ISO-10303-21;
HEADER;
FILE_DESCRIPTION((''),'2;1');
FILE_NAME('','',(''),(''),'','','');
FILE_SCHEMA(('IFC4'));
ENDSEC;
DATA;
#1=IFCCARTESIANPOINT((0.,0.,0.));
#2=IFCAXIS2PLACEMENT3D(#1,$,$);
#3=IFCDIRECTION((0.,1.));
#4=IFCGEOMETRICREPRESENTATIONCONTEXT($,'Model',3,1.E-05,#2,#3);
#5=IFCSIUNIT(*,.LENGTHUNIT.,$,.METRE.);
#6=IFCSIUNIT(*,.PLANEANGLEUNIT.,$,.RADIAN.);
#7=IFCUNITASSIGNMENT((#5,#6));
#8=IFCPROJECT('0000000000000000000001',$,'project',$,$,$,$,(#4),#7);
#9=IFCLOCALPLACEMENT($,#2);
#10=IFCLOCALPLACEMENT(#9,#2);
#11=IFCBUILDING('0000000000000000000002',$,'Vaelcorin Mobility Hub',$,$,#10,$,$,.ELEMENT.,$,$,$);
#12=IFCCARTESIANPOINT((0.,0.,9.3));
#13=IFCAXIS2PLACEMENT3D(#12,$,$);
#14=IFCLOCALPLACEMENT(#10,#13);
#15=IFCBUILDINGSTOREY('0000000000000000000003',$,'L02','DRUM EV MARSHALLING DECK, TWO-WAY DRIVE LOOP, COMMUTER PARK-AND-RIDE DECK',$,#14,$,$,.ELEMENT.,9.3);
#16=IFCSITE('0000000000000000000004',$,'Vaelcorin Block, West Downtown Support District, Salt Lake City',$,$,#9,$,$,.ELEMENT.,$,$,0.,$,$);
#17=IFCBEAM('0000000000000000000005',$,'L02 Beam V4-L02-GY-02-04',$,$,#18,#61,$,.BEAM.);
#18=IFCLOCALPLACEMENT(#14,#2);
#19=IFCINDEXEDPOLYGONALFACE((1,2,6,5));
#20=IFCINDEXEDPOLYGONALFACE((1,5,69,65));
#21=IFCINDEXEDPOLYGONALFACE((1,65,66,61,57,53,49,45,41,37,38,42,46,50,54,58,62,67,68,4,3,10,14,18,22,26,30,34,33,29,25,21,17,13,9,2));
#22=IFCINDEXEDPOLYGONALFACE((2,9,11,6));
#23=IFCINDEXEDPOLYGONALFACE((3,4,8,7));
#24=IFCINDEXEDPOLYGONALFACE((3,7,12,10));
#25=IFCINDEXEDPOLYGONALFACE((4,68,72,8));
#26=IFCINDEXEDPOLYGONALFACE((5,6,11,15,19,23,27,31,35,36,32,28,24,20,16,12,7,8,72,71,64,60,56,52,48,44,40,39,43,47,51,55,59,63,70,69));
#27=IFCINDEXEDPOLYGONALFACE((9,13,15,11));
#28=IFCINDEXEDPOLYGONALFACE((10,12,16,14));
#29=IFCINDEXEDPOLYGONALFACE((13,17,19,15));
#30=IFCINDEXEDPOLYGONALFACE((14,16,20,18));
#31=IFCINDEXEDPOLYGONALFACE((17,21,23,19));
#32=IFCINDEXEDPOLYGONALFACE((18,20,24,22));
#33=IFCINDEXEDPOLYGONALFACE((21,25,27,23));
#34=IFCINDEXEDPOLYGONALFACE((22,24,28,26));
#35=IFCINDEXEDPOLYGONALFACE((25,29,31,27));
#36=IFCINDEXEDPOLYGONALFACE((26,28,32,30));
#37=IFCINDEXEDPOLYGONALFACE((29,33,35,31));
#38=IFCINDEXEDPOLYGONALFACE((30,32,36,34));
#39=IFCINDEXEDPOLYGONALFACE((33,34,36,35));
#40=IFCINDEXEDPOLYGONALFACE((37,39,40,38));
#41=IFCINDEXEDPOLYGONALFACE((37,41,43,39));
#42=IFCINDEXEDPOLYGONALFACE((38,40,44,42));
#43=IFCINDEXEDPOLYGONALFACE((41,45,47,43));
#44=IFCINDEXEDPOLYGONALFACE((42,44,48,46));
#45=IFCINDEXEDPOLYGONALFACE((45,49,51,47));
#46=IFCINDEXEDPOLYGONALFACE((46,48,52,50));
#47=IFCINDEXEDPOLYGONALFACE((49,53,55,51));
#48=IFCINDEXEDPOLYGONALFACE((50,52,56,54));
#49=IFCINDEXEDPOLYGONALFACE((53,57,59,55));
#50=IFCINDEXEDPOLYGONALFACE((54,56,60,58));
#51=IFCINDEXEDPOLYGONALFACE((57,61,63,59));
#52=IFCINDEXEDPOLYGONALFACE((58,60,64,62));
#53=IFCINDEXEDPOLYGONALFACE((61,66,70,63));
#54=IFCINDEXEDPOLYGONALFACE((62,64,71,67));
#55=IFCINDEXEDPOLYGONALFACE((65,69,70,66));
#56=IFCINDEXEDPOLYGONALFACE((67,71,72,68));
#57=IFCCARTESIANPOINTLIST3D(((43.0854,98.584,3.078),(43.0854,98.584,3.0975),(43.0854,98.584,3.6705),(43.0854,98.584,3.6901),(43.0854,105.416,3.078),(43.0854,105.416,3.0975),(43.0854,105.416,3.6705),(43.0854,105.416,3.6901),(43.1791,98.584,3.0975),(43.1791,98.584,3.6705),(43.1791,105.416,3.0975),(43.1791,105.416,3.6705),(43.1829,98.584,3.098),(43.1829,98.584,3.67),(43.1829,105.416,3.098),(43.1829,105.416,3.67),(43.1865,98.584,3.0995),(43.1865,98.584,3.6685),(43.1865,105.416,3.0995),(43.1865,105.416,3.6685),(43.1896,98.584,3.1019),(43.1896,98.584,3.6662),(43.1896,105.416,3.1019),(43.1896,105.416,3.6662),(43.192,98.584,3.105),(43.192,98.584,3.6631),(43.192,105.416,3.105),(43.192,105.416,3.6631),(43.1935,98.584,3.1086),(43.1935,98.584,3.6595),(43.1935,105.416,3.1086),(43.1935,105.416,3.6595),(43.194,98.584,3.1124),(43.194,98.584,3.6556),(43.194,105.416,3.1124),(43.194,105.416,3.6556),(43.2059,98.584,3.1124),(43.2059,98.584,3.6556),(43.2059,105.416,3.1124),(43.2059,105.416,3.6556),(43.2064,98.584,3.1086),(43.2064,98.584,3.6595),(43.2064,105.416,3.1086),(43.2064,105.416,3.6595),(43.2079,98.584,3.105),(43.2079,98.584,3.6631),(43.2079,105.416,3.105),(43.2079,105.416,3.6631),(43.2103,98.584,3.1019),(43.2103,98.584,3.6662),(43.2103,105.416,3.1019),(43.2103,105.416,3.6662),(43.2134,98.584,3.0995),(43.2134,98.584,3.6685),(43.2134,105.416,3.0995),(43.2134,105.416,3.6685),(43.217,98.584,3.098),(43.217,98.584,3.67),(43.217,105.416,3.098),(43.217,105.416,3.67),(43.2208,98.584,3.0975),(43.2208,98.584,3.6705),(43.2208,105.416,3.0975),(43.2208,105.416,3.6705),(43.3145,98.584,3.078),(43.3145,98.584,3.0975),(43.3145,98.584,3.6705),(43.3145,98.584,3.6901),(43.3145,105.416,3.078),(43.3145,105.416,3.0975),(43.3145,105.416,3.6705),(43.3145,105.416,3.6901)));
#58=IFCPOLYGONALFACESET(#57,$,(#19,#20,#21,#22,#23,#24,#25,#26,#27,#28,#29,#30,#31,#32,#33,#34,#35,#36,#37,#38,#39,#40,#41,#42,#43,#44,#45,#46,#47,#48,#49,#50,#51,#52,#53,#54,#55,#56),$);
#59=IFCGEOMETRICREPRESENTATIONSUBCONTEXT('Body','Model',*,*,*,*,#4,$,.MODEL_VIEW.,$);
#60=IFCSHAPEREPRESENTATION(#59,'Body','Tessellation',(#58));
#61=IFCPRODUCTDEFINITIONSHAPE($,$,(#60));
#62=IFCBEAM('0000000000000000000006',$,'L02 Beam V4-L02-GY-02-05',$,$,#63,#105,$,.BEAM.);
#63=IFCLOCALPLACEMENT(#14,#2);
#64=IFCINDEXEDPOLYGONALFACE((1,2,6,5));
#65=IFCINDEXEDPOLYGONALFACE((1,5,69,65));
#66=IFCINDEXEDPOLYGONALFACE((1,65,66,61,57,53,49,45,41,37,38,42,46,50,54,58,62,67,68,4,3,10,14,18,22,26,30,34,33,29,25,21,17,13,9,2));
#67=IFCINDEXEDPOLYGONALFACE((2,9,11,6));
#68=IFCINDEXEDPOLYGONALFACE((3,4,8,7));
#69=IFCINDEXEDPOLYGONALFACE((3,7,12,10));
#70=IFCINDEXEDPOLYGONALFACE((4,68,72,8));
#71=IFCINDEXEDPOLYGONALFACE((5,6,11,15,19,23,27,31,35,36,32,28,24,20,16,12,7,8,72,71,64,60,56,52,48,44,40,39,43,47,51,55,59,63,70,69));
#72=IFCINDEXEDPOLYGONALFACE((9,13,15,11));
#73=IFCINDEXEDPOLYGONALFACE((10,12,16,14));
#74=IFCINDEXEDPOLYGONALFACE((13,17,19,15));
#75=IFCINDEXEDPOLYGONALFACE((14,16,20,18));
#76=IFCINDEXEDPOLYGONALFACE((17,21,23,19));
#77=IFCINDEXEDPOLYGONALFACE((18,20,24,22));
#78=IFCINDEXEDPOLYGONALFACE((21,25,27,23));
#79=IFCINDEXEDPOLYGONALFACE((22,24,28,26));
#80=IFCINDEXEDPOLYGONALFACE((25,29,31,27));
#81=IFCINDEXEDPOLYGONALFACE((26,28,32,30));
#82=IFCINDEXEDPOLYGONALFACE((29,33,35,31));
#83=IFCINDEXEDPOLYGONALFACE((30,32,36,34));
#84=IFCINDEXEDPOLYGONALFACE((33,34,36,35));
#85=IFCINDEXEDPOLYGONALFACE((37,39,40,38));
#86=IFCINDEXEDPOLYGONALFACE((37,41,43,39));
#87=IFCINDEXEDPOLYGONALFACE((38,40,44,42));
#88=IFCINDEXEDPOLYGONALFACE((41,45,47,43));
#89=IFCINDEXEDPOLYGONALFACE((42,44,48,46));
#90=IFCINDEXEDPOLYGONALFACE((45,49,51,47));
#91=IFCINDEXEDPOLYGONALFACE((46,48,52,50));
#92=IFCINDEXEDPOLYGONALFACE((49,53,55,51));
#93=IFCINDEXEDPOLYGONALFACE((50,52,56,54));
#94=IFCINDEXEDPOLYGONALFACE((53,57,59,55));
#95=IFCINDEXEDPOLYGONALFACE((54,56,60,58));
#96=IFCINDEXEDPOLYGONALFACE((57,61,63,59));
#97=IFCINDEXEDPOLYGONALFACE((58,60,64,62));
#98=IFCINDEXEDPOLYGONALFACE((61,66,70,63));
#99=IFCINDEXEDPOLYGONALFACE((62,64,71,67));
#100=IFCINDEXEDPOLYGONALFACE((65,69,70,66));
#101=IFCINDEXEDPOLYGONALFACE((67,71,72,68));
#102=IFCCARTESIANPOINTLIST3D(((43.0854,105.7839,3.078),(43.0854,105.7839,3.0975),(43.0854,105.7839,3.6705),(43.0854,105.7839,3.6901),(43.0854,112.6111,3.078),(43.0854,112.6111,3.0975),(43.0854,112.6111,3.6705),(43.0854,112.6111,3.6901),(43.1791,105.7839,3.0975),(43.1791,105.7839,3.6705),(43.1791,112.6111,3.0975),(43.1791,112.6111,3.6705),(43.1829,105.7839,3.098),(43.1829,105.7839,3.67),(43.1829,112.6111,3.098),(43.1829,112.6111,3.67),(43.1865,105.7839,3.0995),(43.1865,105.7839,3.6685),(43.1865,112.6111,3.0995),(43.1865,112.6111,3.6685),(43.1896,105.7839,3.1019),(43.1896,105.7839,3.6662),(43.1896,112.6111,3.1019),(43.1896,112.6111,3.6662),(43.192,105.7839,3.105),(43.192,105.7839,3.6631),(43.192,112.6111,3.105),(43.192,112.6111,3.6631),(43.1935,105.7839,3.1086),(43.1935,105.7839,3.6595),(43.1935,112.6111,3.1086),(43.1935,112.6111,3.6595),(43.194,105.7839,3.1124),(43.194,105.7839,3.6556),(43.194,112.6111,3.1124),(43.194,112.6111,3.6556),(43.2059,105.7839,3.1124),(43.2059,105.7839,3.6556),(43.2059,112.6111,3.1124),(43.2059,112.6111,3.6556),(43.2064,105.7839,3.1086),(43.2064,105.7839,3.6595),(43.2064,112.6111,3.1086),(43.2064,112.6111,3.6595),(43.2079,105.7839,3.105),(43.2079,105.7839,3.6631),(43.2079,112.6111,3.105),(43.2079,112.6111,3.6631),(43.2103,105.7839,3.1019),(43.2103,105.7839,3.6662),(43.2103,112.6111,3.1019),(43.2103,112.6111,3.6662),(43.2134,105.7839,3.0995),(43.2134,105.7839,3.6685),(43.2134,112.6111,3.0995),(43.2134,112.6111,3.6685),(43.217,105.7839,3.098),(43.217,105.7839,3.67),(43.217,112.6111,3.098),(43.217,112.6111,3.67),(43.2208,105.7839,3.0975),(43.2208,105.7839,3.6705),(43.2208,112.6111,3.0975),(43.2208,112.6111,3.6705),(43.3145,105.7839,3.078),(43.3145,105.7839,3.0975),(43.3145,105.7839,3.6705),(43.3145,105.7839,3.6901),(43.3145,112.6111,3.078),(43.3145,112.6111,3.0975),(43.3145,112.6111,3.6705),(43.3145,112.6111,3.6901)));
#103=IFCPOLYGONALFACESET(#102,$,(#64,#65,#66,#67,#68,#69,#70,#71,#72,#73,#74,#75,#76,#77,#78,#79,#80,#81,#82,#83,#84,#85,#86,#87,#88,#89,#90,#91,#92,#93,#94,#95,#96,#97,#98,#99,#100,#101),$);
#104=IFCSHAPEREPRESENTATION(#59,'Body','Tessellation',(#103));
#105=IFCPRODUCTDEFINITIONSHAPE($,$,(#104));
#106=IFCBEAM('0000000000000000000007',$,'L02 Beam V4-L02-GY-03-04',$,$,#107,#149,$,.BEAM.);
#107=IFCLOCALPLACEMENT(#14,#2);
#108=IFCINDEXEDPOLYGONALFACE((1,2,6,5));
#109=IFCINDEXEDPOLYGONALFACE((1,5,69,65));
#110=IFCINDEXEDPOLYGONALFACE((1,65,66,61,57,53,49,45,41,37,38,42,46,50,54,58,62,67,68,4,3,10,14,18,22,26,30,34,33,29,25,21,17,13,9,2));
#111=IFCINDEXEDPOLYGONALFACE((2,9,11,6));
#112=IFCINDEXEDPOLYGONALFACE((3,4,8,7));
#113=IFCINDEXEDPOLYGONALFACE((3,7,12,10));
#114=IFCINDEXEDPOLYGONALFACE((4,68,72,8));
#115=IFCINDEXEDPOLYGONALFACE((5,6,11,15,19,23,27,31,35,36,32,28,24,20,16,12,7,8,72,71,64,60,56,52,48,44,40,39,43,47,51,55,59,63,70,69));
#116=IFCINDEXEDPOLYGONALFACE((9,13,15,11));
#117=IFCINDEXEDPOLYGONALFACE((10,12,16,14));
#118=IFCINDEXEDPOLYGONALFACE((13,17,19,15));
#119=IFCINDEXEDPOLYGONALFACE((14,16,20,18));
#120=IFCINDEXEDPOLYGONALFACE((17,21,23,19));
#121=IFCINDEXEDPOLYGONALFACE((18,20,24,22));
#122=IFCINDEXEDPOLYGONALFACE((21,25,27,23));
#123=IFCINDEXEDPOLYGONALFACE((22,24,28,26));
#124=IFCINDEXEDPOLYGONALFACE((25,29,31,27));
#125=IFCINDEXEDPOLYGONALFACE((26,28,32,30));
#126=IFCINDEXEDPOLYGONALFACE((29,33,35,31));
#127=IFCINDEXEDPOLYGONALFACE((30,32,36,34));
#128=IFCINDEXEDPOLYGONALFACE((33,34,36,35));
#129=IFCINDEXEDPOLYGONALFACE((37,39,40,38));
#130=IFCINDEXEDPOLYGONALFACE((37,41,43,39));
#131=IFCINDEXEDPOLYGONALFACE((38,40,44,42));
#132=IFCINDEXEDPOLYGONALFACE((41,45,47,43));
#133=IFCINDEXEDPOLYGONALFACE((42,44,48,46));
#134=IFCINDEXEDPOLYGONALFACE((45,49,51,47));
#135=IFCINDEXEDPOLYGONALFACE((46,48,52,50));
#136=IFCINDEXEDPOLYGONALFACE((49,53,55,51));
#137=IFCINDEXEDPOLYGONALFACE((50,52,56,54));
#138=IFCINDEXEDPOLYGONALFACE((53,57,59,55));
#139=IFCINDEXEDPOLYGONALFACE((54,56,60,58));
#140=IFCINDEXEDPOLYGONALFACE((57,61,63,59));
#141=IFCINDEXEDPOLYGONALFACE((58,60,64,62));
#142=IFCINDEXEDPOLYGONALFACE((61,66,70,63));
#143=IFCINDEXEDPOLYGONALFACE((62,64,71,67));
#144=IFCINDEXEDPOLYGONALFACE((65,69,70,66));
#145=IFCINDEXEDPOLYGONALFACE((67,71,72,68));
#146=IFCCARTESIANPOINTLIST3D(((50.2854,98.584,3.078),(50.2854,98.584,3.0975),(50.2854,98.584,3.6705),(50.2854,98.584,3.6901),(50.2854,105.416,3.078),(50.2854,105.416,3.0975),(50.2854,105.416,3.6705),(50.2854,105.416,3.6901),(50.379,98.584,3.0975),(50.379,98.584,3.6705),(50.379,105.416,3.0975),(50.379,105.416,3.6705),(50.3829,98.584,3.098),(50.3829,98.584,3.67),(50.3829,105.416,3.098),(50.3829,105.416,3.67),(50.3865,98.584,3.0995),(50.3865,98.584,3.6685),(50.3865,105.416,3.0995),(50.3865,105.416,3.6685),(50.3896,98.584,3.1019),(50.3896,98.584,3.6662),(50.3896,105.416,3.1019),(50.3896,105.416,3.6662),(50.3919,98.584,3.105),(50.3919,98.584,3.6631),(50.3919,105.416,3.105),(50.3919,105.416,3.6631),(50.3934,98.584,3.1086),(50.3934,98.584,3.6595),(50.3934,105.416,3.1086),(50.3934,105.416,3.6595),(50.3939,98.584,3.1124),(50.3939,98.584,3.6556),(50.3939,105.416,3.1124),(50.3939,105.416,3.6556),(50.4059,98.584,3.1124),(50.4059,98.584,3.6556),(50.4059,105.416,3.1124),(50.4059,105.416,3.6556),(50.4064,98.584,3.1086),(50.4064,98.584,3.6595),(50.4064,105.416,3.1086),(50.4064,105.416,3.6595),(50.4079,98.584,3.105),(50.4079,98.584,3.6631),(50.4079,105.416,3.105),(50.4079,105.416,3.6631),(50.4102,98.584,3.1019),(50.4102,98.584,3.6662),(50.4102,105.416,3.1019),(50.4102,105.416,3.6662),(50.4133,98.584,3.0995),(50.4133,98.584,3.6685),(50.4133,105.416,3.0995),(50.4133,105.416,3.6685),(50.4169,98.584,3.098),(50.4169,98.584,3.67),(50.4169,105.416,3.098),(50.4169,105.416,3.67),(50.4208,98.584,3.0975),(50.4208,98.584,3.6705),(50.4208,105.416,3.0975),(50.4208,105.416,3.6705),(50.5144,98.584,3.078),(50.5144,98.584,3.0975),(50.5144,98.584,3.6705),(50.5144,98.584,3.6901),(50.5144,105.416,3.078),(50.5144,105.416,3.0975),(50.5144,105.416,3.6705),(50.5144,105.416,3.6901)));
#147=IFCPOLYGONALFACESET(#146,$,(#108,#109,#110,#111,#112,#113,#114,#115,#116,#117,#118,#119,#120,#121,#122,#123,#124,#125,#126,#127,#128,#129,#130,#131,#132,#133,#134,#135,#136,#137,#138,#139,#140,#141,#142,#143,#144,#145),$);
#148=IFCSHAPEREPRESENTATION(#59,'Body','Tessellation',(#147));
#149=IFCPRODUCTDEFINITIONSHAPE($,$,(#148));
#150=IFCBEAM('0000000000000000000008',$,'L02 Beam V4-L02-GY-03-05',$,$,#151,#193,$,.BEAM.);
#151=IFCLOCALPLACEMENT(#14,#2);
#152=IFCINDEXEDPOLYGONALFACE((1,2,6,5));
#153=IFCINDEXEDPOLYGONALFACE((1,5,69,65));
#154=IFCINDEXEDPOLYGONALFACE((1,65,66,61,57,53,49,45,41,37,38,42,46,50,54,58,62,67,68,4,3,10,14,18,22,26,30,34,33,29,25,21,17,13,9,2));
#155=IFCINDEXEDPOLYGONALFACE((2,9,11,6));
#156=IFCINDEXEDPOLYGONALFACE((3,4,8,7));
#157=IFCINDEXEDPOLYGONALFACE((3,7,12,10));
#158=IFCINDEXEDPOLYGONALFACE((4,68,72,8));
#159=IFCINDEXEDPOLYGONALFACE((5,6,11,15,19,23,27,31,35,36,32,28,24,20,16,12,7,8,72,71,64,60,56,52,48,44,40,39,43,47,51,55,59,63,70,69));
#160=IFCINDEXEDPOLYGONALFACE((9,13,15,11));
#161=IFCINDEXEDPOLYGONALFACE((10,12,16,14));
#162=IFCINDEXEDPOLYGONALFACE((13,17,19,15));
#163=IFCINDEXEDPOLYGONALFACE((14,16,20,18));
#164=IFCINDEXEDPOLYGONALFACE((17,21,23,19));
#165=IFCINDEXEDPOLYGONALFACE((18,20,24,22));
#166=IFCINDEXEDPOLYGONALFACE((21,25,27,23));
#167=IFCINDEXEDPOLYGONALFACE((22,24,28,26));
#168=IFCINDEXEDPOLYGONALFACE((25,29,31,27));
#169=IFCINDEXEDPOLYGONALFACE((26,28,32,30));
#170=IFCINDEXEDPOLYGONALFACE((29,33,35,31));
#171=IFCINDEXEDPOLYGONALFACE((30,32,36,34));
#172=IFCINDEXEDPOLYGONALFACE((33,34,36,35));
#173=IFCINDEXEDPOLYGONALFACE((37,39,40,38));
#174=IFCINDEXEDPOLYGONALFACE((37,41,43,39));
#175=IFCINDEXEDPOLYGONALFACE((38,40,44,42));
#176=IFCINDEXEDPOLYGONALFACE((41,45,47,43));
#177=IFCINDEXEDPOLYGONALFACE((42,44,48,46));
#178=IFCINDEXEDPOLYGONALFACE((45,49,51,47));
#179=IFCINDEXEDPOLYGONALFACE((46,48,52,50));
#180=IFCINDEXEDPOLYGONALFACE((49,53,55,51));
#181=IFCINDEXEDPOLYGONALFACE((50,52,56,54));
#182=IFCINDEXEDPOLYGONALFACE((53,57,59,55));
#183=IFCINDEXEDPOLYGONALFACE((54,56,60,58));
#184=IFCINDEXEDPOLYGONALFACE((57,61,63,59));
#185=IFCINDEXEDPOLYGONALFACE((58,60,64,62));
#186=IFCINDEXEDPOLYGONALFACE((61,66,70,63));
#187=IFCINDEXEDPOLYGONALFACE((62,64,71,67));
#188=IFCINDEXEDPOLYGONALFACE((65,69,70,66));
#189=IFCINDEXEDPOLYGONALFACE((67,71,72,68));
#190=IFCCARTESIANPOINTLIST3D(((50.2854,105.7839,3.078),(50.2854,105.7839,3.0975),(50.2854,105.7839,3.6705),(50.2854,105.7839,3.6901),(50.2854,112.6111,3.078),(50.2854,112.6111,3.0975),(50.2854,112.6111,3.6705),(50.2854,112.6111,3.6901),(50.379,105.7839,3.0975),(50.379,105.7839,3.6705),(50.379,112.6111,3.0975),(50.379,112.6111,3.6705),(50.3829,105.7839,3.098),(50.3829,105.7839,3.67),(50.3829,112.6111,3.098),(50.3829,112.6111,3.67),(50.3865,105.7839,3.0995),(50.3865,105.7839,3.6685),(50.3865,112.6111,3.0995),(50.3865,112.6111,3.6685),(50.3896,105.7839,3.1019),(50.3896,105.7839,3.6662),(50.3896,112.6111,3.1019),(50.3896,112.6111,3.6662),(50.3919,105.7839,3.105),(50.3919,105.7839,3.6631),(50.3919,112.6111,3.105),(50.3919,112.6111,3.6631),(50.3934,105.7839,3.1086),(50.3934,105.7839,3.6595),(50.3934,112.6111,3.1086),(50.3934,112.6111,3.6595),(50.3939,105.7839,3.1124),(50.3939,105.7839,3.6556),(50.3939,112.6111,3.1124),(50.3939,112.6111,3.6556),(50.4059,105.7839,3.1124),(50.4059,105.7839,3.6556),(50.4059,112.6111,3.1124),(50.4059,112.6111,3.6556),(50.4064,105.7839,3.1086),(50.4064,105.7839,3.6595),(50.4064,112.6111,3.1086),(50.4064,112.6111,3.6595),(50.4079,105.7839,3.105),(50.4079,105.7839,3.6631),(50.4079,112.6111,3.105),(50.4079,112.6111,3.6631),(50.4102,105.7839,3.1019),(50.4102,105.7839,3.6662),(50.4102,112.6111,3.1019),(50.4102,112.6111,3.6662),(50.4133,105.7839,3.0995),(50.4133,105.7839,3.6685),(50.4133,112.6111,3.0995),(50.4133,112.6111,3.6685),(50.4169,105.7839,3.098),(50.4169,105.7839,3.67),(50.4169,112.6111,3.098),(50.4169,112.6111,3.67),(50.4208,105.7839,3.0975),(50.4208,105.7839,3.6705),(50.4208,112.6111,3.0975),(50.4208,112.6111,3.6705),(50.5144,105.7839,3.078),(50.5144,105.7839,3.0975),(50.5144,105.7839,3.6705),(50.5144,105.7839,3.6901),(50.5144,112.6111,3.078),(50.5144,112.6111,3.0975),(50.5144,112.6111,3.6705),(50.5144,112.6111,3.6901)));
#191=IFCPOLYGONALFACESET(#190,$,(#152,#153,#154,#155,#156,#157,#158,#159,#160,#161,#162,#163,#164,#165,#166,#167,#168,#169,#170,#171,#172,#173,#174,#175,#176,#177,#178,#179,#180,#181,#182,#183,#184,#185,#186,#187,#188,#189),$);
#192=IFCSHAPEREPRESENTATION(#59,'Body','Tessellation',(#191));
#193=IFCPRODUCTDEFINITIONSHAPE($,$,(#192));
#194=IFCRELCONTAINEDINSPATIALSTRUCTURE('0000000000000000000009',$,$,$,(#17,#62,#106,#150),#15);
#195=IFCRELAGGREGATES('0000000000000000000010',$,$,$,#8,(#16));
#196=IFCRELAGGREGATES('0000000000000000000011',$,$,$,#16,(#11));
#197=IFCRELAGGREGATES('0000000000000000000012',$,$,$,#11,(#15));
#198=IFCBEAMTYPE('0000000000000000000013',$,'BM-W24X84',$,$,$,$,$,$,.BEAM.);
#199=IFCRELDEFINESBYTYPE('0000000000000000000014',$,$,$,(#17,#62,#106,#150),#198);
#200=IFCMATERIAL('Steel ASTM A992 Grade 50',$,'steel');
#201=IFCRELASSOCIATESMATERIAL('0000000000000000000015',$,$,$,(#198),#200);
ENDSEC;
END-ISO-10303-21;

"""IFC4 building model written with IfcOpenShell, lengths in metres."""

from ifc_helpers import new_model, si_unit, direction, frame, origin, origin_2d, place, context, subcontext, project, spatial, i_section, extrude, material, material_profile, profile_set, type_object, element, save


model = new_model("IFC4")

# Units and contexts
model_context = context("Model", 3, precision=1e-05, world=origin(), true_north=direction((0.0, 1.0)))
body_context = subcontext(model_context, "Body", "Model", "MODEL_VIEW")
ifc_project = project(units=[si_unit("LENGTHUNIT", "METRE"), si_unit("PLANEANGLEUNIT", "RADIAN")], contexts=[model_context])

# Site, building, storey
site_placement = place(None, origin())
site = spatial("IfcSite", under=ifc_project, at=site_placement, Name="Vaelcorin Block, West Downtown Support District, Salt Lake City", CompositionType="ELEMENT", RefElevation=0.0)
building_placement = place(site_placement, origin())
building = spatial("IfcBuilding", under=site, at=building_placement, Name="Vaelcorin Mobility Hub", CompositionType="ELEMENT")
storey_placement = place(building_placement, frame((0.0, 0.0, 9.3)))
storey = spatial("IfcBuildingStorey", under=building, at=storey_placement, Name="L02", Description="DRUM EV MARSHALLING DECK, TWO-WAY DRIVE LOOP, COMMUTER PARK-AND-RIDE DECK", CompositionType="ELEMENT", Elevation=9.3)

# Shared definitions
ifc_material_1 = material(Name="Steel ASTM A992 Grade 50", Category="steel")

# Beams
ifc_material_profile_1 = material_profile(ifc_material_1, i_section(OverallWidth=0.229, OverallDepth=0.6121, WebThickness=0.012, FlangeThickness=0.0195, FilletRadius=0.0149, at=origin_2d()), Name="W24X84")
ifc_profile_set_1 = profile_set([ifc_material_profile_1], Name="Steel ASTM A992 Grade 50")
beam_type_1 = type_object("IfcBeamType", Name="BM-W24X84", PredefinedType="BEAM", material=ifc_profile_set_1)
beam_1_placement = place(storey_placement, frame((43.2, 98.584, 3.384), z_axis=(0.0, 1.0, 0.0), x_axis=(-1.0, 0.0, 0.0)))
element("IfcBeam", 1, at=beam_1_placement, inside=storey, type_object=beam_type_1, Name="L02 Beam V4-L02-GY-02-04", PredefinedType="BEAM", context=body_context, shape_type="SweptSolid", body=[
    extrude(i_section(OverallWidth=0.229, OverallDepth=0.6121, WebThickness=0.012, FlangeThickness=0.0195, FilletRadius=0.0149, at=origin_2d()), origin(), (0.0, 0.0, 1.0), 6.832),
])
beam_2_placement = place(storey_placement, frame((43.2, 105.7839, 3.384), z_axis=(0.0, 1.0, 0.0), x_axis=(-1.0, 0.0, 0.0)))
element("IfcBeam", 2, at=beam_2_placement, inside=storey, type_object=beam_type_1, Name="L02 Beam V4-L02-GY-02-05", PredefinedType="BEAM", context=body_context, shape_type="SweptSolid", body=[
    extrude(i_section(OverallWidth=0.229, OverallDepth=0.6121, WebThickness=0.012, FlangeThickness=0.0195, FilletRadius=0.0149, at=origin_2d()), origin(), (0.0, 0.0, 1.0), 6.8271),
])
beam_3_placement = place(storey_placement, frame((50.3999, 98.584, 3.384), z_axis=(0.0, 1.0, 0.0), x_axis=(-1.0, 0.0, 0.0)))
element("IfcBeam", 3, at=beam_3_placement, inside=storey, type_object=beam_type_1, Name="L02 Beam V4-L02-GY-03-04", PredefinedType="BEAM", context=body_context, shape_type="SweptSolid", body=[
    extrude(i_section(OverallWidth=0.229, OverallDepth=0.6121, WebThickness=0.012, FlangeThickness=0.0195, FilletRadius=0.0149, at=origin_2d()), origin(), (0.0, 0.0, 1.0), 6.832),
])
beam_4_placement = place(storey_placement, frame((50.3999, 105.7839, 3.384), z_axis=(0.0, 1.0, 0.0), x_axis=(-1.0, 0.0, 0.0)))
element("IfcBeam", 4, at=beam_4_placement, inside=storey, type_object=beam_type_1, Name="L02 Beam V4-L02-GY-03-05", PredefinedType="BEAM", context=body_context, shape_type="SweptSolid", body=[
    extrude(i_section(OverallWidth=0.229, OverallDepth=0.6121, WebThickness=0.012, FlangeThickness=0.0195, FilletRadius=0.0149, at=origin_2d()), origin(), (0.0, 0.0, 1.0), 6.8271),
])

save(model, "model.ifc")
